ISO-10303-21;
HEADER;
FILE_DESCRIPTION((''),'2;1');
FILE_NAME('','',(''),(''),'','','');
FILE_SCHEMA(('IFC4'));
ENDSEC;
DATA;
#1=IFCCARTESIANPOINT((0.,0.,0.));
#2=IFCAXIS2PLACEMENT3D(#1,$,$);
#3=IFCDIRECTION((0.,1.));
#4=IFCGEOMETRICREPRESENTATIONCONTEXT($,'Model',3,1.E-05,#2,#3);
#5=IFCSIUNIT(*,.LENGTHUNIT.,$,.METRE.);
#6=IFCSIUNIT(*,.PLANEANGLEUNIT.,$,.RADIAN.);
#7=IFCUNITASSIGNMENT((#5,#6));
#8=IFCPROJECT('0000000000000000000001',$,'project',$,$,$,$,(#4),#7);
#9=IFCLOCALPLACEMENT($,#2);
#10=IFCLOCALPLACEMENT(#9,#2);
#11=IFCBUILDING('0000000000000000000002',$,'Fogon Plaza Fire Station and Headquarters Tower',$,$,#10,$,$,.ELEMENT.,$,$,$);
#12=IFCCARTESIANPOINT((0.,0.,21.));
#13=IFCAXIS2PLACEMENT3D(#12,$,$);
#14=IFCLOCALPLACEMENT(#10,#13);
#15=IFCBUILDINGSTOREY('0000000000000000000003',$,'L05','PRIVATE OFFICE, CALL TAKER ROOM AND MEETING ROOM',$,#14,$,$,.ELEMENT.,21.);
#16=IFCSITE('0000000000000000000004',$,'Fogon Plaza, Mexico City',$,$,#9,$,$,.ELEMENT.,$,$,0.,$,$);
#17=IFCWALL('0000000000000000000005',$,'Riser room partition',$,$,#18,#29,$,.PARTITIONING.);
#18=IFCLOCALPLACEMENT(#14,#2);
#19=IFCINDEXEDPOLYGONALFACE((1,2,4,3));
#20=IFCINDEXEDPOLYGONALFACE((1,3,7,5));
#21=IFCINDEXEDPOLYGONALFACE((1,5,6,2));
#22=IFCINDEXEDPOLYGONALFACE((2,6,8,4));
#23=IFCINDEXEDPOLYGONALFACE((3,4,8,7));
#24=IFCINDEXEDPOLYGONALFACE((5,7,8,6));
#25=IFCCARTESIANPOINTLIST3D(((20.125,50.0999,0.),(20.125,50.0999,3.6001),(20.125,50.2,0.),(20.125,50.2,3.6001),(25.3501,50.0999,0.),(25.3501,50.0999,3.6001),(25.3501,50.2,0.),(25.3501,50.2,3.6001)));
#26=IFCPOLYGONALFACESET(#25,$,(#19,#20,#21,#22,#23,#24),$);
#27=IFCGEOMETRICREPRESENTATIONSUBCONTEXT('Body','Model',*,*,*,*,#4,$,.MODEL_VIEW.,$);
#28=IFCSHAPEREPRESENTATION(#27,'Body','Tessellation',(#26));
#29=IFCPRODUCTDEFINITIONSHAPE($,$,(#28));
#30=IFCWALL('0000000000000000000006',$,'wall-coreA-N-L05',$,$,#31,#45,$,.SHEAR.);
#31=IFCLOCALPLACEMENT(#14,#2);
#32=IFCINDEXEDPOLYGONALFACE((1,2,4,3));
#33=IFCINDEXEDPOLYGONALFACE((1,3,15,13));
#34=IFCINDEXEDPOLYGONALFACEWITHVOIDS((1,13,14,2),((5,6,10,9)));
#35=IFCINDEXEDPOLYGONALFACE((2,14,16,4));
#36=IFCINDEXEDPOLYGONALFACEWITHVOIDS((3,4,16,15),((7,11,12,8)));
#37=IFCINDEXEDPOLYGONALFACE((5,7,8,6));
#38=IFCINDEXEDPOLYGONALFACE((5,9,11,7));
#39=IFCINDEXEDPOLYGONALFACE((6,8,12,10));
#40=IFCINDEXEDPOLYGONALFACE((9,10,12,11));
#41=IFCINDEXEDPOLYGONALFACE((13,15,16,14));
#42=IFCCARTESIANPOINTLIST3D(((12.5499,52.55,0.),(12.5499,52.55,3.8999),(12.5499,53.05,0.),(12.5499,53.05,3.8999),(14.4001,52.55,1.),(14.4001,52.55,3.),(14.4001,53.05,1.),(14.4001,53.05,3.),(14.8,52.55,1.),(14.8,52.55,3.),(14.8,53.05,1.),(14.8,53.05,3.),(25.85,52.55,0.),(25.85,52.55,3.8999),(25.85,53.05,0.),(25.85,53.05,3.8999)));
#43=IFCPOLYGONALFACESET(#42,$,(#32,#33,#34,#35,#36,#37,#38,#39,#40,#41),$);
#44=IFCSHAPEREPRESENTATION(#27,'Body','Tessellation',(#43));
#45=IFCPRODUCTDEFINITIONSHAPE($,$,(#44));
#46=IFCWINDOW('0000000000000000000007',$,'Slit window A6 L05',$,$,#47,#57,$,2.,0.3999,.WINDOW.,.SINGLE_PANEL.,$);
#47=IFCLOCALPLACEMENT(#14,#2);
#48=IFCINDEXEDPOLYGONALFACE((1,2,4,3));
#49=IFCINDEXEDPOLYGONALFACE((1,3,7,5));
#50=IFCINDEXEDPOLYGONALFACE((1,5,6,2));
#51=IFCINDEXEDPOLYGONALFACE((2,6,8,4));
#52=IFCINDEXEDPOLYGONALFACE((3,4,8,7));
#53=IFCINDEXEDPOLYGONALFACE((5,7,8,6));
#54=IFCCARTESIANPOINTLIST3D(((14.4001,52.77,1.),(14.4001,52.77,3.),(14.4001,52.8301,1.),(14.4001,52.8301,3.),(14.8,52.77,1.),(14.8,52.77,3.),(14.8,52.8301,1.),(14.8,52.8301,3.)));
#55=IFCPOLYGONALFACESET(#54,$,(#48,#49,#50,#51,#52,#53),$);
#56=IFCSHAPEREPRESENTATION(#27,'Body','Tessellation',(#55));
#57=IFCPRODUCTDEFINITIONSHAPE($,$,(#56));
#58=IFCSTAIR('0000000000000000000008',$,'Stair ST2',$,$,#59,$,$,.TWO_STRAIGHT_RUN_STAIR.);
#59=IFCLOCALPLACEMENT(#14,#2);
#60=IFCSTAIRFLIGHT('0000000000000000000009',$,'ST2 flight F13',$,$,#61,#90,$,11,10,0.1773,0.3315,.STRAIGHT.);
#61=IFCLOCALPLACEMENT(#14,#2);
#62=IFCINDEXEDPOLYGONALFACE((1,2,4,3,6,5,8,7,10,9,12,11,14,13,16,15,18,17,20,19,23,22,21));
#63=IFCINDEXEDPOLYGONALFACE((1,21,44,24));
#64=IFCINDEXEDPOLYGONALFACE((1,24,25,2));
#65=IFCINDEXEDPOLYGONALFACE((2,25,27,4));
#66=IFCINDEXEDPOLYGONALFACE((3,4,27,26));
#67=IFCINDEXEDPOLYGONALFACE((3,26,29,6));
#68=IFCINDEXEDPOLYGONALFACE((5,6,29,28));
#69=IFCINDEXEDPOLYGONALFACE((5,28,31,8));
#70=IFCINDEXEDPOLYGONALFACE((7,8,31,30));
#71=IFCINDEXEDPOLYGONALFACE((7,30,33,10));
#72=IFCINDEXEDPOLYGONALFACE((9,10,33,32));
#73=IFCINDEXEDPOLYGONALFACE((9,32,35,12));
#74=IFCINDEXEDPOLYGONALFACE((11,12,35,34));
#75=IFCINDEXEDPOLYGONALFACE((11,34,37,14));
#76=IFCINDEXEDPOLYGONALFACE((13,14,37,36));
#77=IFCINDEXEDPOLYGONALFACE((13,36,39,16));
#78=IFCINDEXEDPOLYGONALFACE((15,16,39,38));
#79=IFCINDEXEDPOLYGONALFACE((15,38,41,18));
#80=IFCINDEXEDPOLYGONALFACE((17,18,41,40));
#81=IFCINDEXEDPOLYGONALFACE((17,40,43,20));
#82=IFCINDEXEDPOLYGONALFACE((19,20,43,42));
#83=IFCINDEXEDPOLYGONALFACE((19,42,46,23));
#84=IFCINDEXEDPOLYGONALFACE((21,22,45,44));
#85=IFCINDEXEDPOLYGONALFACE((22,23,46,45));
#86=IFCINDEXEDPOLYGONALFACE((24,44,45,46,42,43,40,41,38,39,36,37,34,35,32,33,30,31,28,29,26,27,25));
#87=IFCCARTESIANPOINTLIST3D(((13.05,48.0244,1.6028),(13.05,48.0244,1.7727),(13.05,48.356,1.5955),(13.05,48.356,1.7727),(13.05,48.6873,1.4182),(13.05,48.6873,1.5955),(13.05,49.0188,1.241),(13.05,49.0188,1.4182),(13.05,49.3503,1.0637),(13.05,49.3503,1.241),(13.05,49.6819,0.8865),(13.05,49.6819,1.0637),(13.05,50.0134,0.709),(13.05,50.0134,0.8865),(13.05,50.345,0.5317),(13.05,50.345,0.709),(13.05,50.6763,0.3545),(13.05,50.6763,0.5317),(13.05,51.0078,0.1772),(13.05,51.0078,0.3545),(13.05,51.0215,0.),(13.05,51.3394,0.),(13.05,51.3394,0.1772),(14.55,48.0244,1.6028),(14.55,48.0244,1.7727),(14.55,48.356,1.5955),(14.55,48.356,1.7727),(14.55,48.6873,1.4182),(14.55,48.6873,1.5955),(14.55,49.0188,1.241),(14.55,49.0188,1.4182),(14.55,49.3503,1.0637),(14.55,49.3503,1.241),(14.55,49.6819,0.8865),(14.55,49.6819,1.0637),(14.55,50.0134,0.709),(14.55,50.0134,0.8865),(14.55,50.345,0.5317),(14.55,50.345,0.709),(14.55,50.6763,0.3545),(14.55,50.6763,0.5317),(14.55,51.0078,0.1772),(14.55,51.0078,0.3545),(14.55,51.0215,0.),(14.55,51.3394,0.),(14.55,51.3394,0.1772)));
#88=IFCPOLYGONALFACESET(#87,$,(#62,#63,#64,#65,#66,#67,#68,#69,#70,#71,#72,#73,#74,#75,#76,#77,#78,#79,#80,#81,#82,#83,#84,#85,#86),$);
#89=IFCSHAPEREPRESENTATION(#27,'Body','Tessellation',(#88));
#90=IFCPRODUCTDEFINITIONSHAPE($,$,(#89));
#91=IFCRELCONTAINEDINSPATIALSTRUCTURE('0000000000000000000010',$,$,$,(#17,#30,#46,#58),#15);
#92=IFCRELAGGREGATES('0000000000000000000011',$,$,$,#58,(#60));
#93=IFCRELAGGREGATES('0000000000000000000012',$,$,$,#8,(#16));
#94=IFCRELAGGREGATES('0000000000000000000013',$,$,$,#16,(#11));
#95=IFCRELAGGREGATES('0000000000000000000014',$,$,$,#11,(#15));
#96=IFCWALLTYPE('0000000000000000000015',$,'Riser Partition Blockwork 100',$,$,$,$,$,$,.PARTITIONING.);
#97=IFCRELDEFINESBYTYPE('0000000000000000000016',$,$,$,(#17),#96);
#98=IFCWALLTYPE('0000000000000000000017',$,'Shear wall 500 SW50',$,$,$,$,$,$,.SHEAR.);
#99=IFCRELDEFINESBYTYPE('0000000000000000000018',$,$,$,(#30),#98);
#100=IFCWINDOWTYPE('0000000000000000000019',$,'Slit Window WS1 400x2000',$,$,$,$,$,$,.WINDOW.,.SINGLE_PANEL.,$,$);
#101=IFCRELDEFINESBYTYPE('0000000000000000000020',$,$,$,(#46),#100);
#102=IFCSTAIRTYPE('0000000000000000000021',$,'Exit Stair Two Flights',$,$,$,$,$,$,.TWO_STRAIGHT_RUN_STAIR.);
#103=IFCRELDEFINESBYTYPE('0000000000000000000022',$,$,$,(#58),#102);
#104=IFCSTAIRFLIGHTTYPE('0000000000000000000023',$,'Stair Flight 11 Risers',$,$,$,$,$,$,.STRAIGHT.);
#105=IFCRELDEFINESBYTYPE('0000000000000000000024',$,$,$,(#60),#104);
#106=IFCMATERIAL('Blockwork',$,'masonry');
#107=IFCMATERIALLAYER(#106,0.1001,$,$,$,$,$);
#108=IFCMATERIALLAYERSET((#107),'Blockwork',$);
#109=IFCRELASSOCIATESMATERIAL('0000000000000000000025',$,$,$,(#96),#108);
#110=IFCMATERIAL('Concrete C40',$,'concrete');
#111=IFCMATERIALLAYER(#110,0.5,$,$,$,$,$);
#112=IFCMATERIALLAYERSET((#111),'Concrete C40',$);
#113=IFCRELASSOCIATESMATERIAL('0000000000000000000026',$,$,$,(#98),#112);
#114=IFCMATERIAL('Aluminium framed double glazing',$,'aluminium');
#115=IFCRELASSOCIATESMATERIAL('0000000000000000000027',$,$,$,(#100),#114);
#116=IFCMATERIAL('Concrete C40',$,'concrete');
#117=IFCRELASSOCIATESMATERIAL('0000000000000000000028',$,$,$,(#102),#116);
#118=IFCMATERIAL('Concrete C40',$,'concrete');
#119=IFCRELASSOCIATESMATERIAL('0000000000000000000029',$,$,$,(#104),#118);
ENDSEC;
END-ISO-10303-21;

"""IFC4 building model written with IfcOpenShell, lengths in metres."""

from ifc_helpers import new_model, si_unit, direction, frame, frame_2d, origin, place, context, subcontext, project, spatial, polyline, rectangle, outline, extrude, material, layer, layer_set, type_object, element, fill, aggregate, save


model = new_model("IFC4")

# Units and contexts
model_context = context("Model", 3, precision=1e-05, world=origin(), true_north=direction((0.0, 1.0)))
body_context = subcontext(model_context, "Body", "Model", "MODEL_VIEW")
ifc_project = project(units=[si_unit("LENGTHUNIT", "METRE"), si_unit("PLANEANGLEUNIT", "RADIAN")], contexts=[model_context])

# Site, building, storey
site_placement = place(None, origin())
site = spatial("IfcSite", under=ifc_project, at=site_placement, Name="Fogon Plaza, Mexico City", CompositionType="ELEMENT", RefElevation=0.0)
building_placement = place(site_placement, origin())
building = spatial("IfcBuilding", under=site, at=building_placement, Name="Fogon Plaza Fire Station and Headquarters Tower", CompositionType="ELEMENT")
storey_placement = place(building_placement, frame((0.0, 0.0, 21.0)))
storey = spatial("IfcBuildingStorey", under=building, at=storey_placement, Name="L05", Description="PRIVATE OFFICE, CALL TAKER ROOM AND MEETING ROOM", CompositionType="ELEMENT", Elevation=21.0)

# Wall
ifc_material_1 = material(Name="Blockwork", Category="masonry")
ifc_layer_1 = layer(ifc_material_1, 0.1001)
ifc_layer_set_1 = layer_set([ifc_layer_1], Name="Blockwork")
wall_type_1 = type_object("IfcWallType", Name="Riser Partition Blockwork 100", PredefinedType="PARTITIONING", material=ifc_layer_set_1)
wall_1_placement = place(storey_placement, frame((20.125, 50.1499, 0.0), z_axis=(0.0, 0.0, 1.0), x_axis=(1.0, 0.0, 0.0)))
element("IfcWall", 1, at=wall_1_placement, inside=storey, type_object=wall_type_1, Name="Riser room partition", PredefinedType="PARTITIONING", context=body_context, shape_type="SweptSolid", body=[
    extrude(rectangle(XDim=5.2251, YDim=0.1001, at=frame_2d((2.6125, 0.0))), origin(), (0.0, 0.0, 1.0), 3.6001),
])

# Wall, opening, window
ifc_material_2 = material(Name="Concrete C40", Category="concrete")
ifc_layer_2 = layer(ifc_material_2, 0.5)
ifc_layer_set_2 = layer_set([ifc_layer_2], Name="Concrete C40")
wall_type_2 = type_object("IfcWallType", Name="Shear wall 500 SW50", PredefinedType="SHEAR", material=ifc_layer_set_2)
wall_2_placement = place(storey_placement, frame((12.55, 52.8, 0.0), z_axis=(0.0, 0.0, 1.0), x_axis=(1.0, 0.0, 0.0)))
wall_2 = element("IfcWall", 2, at=wall_2_placement, inside=storey, type_object=wall_type_2, Name="wall-coreA-N-L05", PredefinedType="SHEAR", context=body_context, shape_type="SweptSolid", body=[
    extrude(rectangle(XDim=13.3, YDim=0.5, at=frame_2d((6.6499, 0.0))), origin(), (0.0, 0.0, 1.0), 3.8999),
])
opening_placement = place(wall_2_placement, frame((1.8501, 0.0, 1.0)))
opening = element("IfcOpeningElement", 3, at=opening_placement, cuts=wall_2, PredefinedType="OPENING", context=body_context, shape_type="SweptSolid", body=[
    extrude(rectangle(XDim=0.3999, YDim=2.0, at=frame_2d((0.2, 1.0))), frame((0.0, 0.26, 0.0), z_axis=(0.0, -1.0, 0.0), x_axis=(1.0, 0.0, 0.0)), (0.0, 0.0, 1.0), 0.52),
])
ifc_material_3 = material(Name="Aluminium framed double glazing", Category="aluminium")
window_type = type_object("IfcWindowType", Name="Slit Window WS1 400x2000", PartitioningType="SINGLE_PANEL", PredefinedType="WINDOW", material=ifc_material_3)
window_placement = place(opening_placement, origin())
window = element("IfcWindow", 4, at=window_placement, inside=storey, type_object=window_type, Name="Slit window A6 L05", OverallHeight=2.0, OverallWidth=0.3999, PartitioningType="SINGLE_PANEL", PredefinedType="WINDOW", context=body_context, shape_type="SweptSolid", body=[
    extrude(rectangle(XDim=0.3999, YDim=2.0, at=frame_2d((0.2, 1.0))), frame((0.0, 0.03, 0.0), z_axis=(0.0, -1.0, 0.0), x_axis=(1.0, 0.0, 0.0)), (0.0, 0.0, 1.0), 0.0601),
])
fill(opening, window)

# Stair, stair flight
ifc_material_4 = material(Name="Concrete C40", Category="concrete")
stair_type = type_object("IfcStairType", Name="Exit Stair Two Flights", PredefinedType="TWO_STRAIGHT_RUN_STAIR", material=ifc_material_4)
stair_placement = place(storey_placement, origin())
stair = element("IfcStair", 5, at=stair_placement, inside=storey, type_object=stair_type, Name="Stair ST2", PredefinedType="TWO_STRAIGHT_RUN_STAIR")
ifc_material_5 = material(Name="Concrete C40", Category="concrete")
stair_flight_type = type_object("IfcStairFlightType", Name="Stair Flight 11 Risers", PredefinedType="STRAIGHT", material=ifc_material_5)
stair_flight_placement = place(storey_placement, frame((13.8, 51.3394, 0.0), z_axis=(0.0, 0.0, 1.0), x_axis=(0.0, -1.0, 0.0)))
stair_flight = element("IfcStairFlight", 6, at=stair_flight_placement, type_object=stair_flight_type, Name="ST2 flight F13", NumberOfRisers=11, NumberOfTreads=10, PredefinedType="STRAIGHT", RiserHeight=0.1773, TreadLength=0.3315, context=body_context, shape_type="SweptSolid", body=[
    extrude(outline(polyline([(0.0, 0.0), (0.0, 0.1772), (0.3315, 0.1772), (0.3315, 0.3545), (0.6631, 0.3545), (0.6631, 0.5317), (0.9944, 0.5317), (0.9944, 0.709), (1.3259, 0.709), (1.3259, 0.8865), (1.6575, 0.8865), (1.6575, 1.0637), (1.989, 1.0637), (1.989, 1.241), (2.3206, 1.241), (2.3206, 1.4182), (2.6521, 1.4182), (2.6521, 1.5955), (2.9834, 1.5955), (2.9834, 1.7727), (3.3149, 1.7727), (3.3149, 1.95), (3.3149, 1.6028), (0.3179, 0.0), (0.0, 0.0)])), frame((0.0, 0.75, 0.0), z_axis=(0.0, -1.0, 0.0), x_axis=(1.0, 0.0, 0.0)), (0.0, 0.0, 1.0), 1.5),
])
aggregate(stair, [stair_flight])

save(model, "model.ifc")
